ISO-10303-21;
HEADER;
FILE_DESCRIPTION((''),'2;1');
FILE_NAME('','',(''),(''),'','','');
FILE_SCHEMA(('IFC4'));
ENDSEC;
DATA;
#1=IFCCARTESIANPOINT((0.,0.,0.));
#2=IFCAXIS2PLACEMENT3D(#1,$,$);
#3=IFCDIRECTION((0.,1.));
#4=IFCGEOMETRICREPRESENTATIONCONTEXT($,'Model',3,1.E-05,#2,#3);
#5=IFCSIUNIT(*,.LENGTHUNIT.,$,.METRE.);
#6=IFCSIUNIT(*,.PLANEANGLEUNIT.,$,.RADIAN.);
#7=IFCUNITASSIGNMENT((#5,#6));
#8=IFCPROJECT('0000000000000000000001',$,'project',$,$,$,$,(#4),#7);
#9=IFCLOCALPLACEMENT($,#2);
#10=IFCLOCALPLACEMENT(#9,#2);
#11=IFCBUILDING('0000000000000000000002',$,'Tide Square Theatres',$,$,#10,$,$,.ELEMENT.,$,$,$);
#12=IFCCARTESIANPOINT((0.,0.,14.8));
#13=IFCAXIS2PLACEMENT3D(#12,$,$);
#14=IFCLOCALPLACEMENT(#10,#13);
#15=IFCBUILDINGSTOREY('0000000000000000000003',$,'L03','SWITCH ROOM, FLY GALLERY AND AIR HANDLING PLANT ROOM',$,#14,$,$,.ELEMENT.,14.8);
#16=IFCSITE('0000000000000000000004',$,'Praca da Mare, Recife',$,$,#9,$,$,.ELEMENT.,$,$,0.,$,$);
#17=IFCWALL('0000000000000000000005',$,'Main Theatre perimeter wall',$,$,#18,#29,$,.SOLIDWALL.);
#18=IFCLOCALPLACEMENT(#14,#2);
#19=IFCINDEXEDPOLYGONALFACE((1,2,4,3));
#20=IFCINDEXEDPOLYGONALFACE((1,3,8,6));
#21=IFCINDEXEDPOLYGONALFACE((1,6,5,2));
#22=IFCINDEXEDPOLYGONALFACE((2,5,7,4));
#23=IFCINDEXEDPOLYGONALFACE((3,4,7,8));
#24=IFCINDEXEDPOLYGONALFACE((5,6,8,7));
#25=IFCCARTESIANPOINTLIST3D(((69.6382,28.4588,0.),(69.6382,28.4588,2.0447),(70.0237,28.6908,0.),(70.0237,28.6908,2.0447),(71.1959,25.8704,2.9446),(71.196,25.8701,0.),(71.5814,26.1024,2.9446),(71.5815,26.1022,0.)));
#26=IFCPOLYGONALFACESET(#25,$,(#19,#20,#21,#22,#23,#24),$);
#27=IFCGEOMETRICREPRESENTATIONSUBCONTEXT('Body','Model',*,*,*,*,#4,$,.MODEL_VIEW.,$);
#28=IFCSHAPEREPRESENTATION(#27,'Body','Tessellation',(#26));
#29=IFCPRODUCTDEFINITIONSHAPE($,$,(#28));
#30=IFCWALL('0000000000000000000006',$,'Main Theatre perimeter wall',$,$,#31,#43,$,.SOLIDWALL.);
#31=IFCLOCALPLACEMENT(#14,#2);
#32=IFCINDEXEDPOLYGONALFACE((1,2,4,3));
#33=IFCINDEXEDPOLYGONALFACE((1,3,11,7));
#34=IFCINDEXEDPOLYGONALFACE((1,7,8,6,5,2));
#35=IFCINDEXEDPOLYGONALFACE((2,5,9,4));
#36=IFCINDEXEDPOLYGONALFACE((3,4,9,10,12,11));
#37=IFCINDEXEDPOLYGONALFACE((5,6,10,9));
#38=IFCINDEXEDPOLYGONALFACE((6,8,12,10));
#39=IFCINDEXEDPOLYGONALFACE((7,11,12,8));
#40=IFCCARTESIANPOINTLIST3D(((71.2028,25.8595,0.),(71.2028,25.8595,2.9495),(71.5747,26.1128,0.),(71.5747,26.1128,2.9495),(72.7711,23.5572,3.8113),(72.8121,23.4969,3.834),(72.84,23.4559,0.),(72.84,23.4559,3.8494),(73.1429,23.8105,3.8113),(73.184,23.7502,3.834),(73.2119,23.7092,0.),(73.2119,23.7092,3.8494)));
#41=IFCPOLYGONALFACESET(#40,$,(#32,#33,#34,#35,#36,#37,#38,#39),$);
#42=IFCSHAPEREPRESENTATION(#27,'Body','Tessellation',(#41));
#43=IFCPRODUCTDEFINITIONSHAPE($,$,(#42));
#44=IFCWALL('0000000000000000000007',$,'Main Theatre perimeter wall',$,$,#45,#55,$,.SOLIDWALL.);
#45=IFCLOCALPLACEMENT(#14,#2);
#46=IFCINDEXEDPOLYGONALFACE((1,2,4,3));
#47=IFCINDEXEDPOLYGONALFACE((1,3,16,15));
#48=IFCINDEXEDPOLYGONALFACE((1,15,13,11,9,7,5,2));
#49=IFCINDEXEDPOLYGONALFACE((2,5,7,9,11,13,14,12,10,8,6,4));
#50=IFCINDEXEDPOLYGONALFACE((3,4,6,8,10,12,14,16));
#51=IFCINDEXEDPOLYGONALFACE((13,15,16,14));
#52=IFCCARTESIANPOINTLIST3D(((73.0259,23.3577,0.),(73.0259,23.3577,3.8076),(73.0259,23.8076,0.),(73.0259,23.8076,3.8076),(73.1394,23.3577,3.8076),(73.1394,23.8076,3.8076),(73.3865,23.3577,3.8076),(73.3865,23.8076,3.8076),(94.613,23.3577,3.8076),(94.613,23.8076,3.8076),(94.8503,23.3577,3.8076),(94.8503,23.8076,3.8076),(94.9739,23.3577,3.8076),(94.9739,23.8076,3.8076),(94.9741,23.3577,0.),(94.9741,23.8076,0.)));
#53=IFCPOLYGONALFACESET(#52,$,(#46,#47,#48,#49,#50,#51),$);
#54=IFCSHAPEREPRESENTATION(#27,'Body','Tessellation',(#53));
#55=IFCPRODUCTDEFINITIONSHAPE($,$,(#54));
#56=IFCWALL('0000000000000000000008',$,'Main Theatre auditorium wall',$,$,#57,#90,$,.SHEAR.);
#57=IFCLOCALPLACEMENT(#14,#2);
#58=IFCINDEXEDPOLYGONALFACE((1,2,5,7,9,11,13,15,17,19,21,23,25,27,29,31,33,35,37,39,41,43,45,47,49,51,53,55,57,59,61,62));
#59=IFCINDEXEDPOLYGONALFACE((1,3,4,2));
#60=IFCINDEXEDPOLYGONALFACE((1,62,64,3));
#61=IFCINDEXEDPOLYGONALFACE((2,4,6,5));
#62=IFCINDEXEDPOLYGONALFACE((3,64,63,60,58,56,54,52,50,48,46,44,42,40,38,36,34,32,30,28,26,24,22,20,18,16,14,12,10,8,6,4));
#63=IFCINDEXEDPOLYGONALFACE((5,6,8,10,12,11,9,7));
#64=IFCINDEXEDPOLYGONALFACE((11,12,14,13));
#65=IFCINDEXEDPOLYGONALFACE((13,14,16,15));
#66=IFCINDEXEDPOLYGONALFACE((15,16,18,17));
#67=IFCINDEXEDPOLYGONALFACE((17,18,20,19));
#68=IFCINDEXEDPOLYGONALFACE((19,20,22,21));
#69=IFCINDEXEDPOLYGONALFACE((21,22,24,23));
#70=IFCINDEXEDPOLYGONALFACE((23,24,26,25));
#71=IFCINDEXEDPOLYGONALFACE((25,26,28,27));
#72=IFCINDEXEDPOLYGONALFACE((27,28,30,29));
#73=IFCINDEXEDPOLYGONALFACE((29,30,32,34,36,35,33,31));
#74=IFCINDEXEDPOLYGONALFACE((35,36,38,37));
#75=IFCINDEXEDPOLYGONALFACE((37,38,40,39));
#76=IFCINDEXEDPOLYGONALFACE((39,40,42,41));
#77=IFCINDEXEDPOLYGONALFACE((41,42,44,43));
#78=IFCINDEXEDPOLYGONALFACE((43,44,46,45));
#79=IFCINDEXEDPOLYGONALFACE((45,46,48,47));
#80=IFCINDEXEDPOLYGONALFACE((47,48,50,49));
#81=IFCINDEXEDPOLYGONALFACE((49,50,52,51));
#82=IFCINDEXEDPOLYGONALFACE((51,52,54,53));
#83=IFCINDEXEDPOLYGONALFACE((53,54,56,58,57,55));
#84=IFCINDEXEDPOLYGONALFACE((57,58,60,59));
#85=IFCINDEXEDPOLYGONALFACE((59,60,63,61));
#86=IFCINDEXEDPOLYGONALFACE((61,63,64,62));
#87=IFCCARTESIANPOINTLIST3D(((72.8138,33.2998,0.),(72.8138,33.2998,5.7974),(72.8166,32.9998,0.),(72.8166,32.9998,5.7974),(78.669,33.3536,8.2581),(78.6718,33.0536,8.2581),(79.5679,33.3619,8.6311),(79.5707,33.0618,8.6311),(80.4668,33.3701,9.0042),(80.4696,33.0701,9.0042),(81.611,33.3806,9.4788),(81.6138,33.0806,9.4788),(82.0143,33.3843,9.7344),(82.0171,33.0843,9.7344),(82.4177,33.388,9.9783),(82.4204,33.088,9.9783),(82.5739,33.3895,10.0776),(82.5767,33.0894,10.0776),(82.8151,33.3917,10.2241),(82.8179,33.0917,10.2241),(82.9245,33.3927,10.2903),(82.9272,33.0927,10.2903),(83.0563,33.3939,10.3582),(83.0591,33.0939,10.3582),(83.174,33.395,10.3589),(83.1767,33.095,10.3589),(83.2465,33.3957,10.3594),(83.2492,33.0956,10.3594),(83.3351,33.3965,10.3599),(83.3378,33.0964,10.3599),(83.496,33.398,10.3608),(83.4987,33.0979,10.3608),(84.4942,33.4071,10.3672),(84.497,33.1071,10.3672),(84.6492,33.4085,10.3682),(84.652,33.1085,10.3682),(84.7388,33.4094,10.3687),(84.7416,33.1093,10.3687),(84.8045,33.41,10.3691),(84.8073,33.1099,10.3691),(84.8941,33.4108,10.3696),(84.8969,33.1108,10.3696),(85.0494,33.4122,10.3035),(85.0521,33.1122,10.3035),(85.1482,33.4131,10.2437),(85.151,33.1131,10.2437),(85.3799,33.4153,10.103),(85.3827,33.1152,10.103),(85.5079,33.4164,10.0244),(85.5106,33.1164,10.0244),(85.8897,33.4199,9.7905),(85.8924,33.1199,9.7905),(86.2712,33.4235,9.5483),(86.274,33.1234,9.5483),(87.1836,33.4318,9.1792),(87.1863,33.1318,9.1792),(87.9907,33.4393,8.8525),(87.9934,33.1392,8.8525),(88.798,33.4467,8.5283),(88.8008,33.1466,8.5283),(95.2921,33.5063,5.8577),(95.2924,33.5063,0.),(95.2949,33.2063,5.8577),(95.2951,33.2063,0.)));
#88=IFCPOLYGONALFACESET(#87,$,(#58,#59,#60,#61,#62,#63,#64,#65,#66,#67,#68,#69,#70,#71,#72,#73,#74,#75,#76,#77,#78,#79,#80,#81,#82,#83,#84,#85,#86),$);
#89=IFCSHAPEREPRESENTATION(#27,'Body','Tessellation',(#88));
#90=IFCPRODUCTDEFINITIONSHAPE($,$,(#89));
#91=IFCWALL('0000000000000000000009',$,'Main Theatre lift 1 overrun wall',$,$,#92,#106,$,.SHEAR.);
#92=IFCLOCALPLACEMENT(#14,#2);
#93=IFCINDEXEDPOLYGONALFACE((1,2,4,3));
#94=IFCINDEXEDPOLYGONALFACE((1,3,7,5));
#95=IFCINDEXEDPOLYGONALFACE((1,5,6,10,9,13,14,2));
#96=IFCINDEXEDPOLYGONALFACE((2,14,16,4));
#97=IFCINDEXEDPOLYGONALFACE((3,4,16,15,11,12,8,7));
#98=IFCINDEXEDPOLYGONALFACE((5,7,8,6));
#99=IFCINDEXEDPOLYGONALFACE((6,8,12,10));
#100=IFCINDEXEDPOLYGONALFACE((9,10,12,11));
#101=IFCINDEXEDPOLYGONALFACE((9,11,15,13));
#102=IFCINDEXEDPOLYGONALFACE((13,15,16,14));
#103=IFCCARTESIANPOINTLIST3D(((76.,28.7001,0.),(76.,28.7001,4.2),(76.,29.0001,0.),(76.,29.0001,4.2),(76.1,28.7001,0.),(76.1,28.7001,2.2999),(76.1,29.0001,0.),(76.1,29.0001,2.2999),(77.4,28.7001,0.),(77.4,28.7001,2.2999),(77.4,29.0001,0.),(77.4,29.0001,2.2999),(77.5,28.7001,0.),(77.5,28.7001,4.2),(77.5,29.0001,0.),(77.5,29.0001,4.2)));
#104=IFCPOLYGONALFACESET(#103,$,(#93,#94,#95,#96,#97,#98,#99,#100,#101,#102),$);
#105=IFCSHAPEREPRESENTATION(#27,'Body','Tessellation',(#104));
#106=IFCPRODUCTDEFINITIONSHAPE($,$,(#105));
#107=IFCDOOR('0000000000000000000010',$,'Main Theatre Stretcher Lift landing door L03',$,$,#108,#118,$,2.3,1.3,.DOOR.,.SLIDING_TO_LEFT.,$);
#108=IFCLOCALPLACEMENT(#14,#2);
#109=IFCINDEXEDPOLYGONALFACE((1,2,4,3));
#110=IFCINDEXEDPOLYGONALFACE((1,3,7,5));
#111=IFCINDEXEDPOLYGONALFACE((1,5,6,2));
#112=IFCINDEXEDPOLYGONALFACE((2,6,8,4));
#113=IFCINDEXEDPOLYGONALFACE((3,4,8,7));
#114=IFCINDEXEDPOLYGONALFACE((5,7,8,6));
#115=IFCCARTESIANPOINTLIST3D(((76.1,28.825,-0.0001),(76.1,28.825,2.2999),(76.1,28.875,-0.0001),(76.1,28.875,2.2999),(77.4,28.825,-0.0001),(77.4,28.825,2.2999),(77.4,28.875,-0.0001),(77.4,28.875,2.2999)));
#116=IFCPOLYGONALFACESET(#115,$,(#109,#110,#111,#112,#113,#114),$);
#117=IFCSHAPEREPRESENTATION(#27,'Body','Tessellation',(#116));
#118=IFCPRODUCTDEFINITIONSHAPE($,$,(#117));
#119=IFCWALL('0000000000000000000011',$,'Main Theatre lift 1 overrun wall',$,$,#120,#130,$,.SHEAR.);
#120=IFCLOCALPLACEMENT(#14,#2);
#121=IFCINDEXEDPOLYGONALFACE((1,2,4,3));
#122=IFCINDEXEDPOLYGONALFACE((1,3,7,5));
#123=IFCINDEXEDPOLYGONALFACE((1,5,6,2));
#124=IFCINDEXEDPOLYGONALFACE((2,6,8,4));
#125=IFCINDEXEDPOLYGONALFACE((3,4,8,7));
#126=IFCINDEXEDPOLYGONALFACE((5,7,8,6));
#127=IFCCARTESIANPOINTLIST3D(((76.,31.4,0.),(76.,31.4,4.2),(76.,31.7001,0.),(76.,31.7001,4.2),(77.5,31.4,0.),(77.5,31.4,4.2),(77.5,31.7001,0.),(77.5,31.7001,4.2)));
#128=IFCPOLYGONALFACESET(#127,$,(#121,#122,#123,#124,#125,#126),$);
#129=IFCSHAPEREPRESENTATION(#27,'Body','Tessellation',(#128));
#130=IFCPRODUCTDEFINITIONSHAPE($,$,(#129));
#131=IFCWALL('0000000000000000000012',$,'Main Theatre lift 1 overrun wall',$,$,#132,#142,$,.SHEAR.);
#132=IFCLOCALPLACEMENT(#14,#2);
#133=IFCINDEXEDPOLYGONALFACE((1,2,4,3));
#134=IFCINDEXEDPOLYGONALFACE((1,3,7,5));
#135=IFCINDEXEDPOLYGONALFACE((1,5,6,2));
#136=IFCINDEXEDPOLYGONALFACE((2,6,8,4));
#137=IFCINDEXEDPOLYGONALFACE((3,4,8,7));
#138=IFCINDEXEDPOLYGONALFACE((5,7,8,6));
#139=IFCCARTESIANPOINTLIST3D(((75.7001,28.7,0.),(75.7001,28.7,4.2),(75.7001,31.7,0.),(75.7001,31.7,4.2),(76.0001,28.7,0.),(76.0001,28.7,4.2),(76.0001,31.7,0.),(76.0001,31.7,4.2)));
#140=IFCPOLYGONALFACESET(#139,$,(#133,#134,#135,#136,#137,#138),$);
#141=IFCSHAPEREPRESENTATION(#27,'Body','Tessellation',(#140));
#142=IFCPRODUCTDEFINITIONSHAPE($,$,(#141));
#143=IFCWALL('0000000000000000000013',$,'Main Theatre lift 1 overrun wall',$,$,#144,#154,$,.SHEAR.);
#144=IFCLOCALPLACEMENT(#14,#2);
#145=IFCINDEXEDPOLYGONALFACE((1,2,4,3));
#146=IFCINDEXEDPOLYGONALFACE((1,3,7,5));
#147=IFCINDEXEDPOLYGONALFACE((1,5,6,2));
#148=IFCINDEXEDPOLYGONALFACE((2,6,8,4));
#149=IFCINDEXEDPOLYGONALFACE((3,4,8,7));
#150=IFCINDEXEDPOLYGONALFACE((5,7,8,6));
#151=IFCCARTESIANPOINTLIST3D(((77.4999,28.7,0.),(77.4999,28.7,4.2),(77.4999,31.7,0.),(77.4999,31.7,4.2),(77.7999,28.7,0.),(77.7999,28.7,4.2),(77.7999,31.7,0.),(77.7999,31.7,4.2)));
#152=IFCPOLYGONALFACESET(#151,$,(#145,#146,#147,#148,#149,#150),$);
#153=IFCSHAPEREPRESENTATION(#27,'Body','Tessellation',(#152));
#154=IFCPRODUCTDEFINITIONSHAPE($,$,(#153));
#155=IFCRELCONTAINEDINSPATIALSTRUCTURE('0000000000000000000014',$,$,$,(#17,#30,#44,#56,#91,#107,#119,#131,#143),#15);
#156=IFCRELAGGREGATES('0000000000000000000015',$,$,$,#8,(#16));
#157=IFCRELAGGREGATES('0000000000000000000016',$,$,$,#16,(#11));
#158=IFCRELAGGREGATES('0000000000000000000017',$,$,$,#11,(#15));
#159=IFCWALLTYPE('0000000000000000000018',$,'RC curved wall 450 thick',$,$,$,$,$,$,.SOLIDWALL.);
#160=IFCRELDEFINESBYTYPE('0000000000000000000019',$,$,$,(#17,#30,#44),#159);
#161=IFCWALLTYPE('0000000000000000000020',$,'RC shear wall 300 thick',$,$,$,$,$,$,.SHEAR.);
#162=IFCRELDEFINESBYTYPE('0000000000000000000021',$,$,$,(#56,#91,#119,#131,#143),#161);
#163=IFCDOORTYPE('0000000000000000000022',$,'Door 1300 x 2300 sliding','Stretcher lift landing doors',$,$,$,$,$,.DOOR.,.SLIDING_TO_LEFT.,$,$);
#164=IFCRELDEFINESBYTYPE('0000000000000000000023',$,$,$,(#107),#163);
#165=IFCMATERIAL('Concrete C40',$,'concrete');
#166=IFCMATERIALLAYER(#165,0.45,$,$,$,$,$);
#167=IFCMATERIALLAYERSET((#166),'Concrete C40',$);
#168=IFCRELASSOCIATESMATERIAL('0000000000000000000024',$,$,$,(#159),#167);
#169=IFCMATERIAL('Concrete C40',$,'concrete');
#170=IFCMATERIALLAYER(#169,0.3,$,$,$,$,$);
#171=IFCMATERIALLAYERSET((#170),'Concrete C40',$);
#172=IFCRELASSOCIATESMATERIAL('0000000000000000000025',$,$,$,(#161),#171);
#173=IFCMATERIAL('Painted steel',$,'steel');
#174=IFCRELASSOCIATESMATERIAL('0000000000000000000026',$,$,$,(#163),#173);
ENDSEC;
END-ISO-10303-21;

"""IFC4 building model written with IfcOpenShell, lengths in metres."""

from ifc_helpers import new_model, si_unit, direction, frame, frame_2d, origin, place, context, subcontext, project, spatial, polyline, rectangle, outline, extrude, material, layer, layer_set, type_object, element, fill, save


model = new_model("IFC4")

# Units and contexts
model_context = context("Model", 3, precision=1e-05, world=origin(), true_north=direction((0.0, 1.0)))
body_context = subcontext(model_context, "Body", "Model", "MODEL_VIEW")
ifc_project = project(units=[si_unit("LENGTHUNIT", "METRE"), si_unit("PLANEANGLEUNIT", "RADIAN")], contexts=[model_context])

# Site, building, storey
site_placement = place(None, origin())
site = spatial("IfcSite", under=ifc_project, at=site_placement, Name="Praca da Mare, Recife", CompositionType="ELEMENT", RefElevation=0.0)
building_placement = place(site_placement, origin())
building = spatial("IfcBuilding", under=site, at=building_placement, Name="Tide Square Theatres", CompositionType="ELEMENT")
storey_placement = place(building_placement, frame((0.0, 0.0, 14.8)))
storey = spatial("IfcBuildingStorey", under=building, at=storey_placement, Name="L03", Description="SWITCH ROOM, FLY GALLERY AND AIR HANDLING PLANT ROOM", CompositionType="ELEMENT", Elevation=14.8)

# Walls
ifc_material_1 = material(Name="Concrete C40", Category="concrete")
ifc_layer_1 = layer(ifc_material_1, 0.45)
ifc_layer_set_1 = layer_set([ifc_layer_1], Name="Concrete C40")
wall_type_1 = type_object("IfcWallType", Name="RC curved wall 450 thick", PredefinedType="SOLIDWALL", material=ifc_layer_set_1)
wall_1_placement = place(storey_placement, frame((69.8308, 28.5747, 0.0), z_axis=(0.0, 0.0, 1.0), x_axis=(0.515636, -0.856808, 0.0)))
element("IfcWall", 1, at=wall_1_placement, inside=storey, type_object=wall_type_1, Name="Main Theatre perimeter wall", PredefinedType="SOLIDWALL", context=body_context, shape_type="SweptSolid", body=[
    extrude(outline(polyline([(0.0, 0.0), (3.0212, 0.0), (3.021, 2.9446), (0.0, 2.0447), (0.0, 0.0)])), frame((0.0, 0.2251, 0.0), z_axis=(0.0, -1.0, 0.0), x_axis=(1.0, 0.0, 0.0)), (0.0, 0.0, 1.0), 0.45),
])
wall_2_placement = place(storey_placement, frame((71.3887, 25.9861, 0.0), z_axis=(0.0, 0.0, 1.0), x_axis=(0.562964, -0.826481, 0.0)))
element("IfcWall", 2, at=wall_2_placement, inside=storey, type_object=wall_type_1, Name="Main Theatre perimeter wall", PredefinedType="SOLIDWALL", context=body_context, shape_type="SweptSolid", body=[
    extrude(outline(polyline([(0.0, 0.0), (2.9082, 0.0), (2.9082, 3.8494), (2.8586, 3.834), (2.7856, 3.8113), (0.0, 2.9495), (0.0, 0.0)])), frame((0.0, 0.2251, 0.0), z_axis=(0.0, -1.0, 0.0), x_axis=(1.0, 0.0, 0.0)), (0.0, 0.0, 1.0), 0.45),
])
wall_3_placement = place(storey_placement, frame((73.0259, 23.5825, 0.0), z_axis=(0.0, 0.0, 1.0), x_axis=(1.0, 0.0, 0.0)))
element("IfcWall", 3, at=wall_3_placement, inside=storey, type_object=wall_type_1, Name="Main Theatre perimeter wall", PredefinedType="SOLIDWALL", context=body_context, shape_type="SweptSolid", body=[
    extrude(outline(polyline([(0.0, 0.0), (21.9482, 0.0), (21.948, 3.8076), (21.8245, 3.8076), (21.5872, 3.8076), (0.3606, 3.8076), (0.1135, 3.8076), (0.0, 3.8076), (0.0, 0.0)])), frame((0.0, 0.2251, 0.0), z_axis=(0.0, -1.0, 0.0), x_axis=(1.0, 0.0, 0.0)), (0.0, 0.0, 1.0), 0.45),
])
ifc_material_2 = material(Name="Concrete C40", Category="concrete")
ifc_layer_2 = layer(ifc_material_2, 0.3)
ifc_layer_set_2 = layer_set([ifc_layer_2], Name="Concrete C40")
wall_type_2 = type_object("IfcWallType", Name="RC shear wall 300 thick", PredefinedType="SHEAR", material=ifc_layer_set_2)
wall_4_placement = place(storey_placement, frame((72.8152, 33.1499, 0.0), z_axis=(0.0, 0.0, 1.0), x_axis=(0.999958, 0.009188, 0.0)))
element("IfcWall", 4, at=wall_4_placement, inside=storey, type_object=wall_type_2, Name="Main Theatre auditorium wall", PredefinedType="SHEAR", context=body_context, shape_type="SweptSolid", body=[
    extrude(outline(polyline([(0.0, 0.0), (22.4795, 0.0), (22.4792, 5.8577), (15.9849, 8.5283), (15.1775, 8.8525), (14.3704, 9.1792), (13.458, 9.5483), (13.0764, 9.7905), (12.6946, 10.0244), (12.5667, 10.103), (12.335, 10.2437), (12.2361, 10.3035), (12.0808, 10.3696), (11.9912, 10.3691), (11.9255, 10.3687), (11.8359, 10.3682), (11.6809, 10.3672), (10.6826, 10.3608), (10.5217, 10.3599), (10.4331, 10.3594), (10.3606, 10.3589), (10.2429, 10.3582), (10.1111, 10.2903), (10.0017, 10.2241), (9.7605, 10.0776), (9.6042, 9.9783), (9.2009, 9.7344), (8.7976, 9.4788), (7.6533, 9.0042), (6.7544, 8.6311), (5.8555, 8.2581), (0.0, 5.7974), (0.0, 0.0)])), frame((0.0, 0.1499, 0.0), z_axis=(0.0, -1.0, 0.0), x_axis=(1.0, 0.0, 0.0)), (0.0, 0.0, 1.0), 0.3),
])

# Wall, opening, door
wall_5_placement = place(storey_placement, frame((76.0, 28.8501, 0.0), z_axis=(0.0, 0.0, 1.0), x_axis=(1.0, 0.0, 0.0)))
wall_5 = element("IfcWall", 5, at=wall_5_placement, inside=storey, type_object=wall_type_2, Name="Main Theatre lift 1 overrun wall", PredefinedType="SHEAR", context=body_context, shape_type="SweptSolid", body=[
    extrude(rectangle(XDim=1.5, YDim=0.3, at=frame_2d((0.75, 0.0))), origin(), (0.0, 0.0, 1.0), 4.2),
])
opening_1_placement = place(wall_5_placement, frame((0.1001, 0.0, 0.0)))
opening_1 = element("IfcOpeningElement", 6, at=opening_1_placement, cuts=wall_5, PredefinedType="OPENING", context=body_context, shape_type="SweptSolid", body=[
    extrude(rectangle(XDim=1.3, YDim=2.3, at=frame_2d((0.6499, 1.1499))), frame((0.0, 0.1599, 0.0), z_axis=(0.0, -1.0, 0.0), x_axis=(1.0, 0.0, 0.0)), (0.0, 0.0, 1.0), 0.3201),
])
ifc_material_3 = material(Name="Painted steel", Category="steel")
door_type_1 = type_object("IfcDoorType", Name="Door 1300 x 2300 sliding", Description="Stretcher lift landing doors", OperationType="SLIDING_TO_LEFT", PredefinedType="DOOR", material=ifc_material_3)
door_1_placement = place(opening_1_placement, origin())
door_1 = element("IfcDoor", 7, at=door_1_placement, inside=storey, type_object=door_type_1, Name="Main Theatre Stretcher Lift landing door L03", OperationType="SLIDING_TO_LEFT", OverallHeight=2.3, OverallWidth=1.3, PredefinedType="DOOR", context=body_context, shape_type="SweptSolid", body=[
    extrude(rectangle(XDim=1.3, YDim=2.3, at=frame_2d((0.6499, 1.1499))), frame((0.0, 0.0249, 0.0), z_axis=(0.0, -1.0, 0.0), x_axis=(1.0, 0.0, 0.0)), (0.0, 0.0, 1.0), 0.05),
])
fill(opening_1, door_1)

# Walls
wall_6_placement = place(storey_placement, frame((77.5, 31.55, 0.0), z_axis=(0.0, 0.0, 1.0), x_axis=(-1.0, 0.0, 0.0)))
element("IfcWall", 8, at=wall_6_placement, inside=storey, type_object=wall_type_2, Name="Main Theatre lift 1 overrun wall", PredefinedType="SHEAR", context=body_context, shape_type="SweptSolid", body=[
    extrude(rectangle(XDim=1.5, YDim=0.3, at=frame_2d((0.75, 0.0))), origin(), (0.0, 0.0, 1.0), 4.2),
])
for number, where, z_axis, x_axis, name in (
    (9, (75.8501, 31.7, 0.0), (0.0, 0.0, 1.0), (0.0, -1.0, 0.0), "Main Theatre lift 1 overrun wall"),
    (10, (77.6499, 28.7, 0.0), (0.0, 0.0, 1.0), (0.0, 1.0, 0.0), "Main Theatre lift 1 overrun wall"),
):
    element("IfcWall", number, at=place(storey_placement, frame(where, z_axis=z_axis, x_axis=x_axis)), inside=storey, type_object=wall_type_2, Name=name, PredefinedType="SHEAR", context=body_context, shape_type="SweptSolid", body=[
        extrude(rectangle(XDim=3.0, YDim=0.3, at=frame_2d((1.5, 0.0))), origin(), (0.0, 0.0, 1.0), 4.2),
    ])

save(model, "model.ifc")
